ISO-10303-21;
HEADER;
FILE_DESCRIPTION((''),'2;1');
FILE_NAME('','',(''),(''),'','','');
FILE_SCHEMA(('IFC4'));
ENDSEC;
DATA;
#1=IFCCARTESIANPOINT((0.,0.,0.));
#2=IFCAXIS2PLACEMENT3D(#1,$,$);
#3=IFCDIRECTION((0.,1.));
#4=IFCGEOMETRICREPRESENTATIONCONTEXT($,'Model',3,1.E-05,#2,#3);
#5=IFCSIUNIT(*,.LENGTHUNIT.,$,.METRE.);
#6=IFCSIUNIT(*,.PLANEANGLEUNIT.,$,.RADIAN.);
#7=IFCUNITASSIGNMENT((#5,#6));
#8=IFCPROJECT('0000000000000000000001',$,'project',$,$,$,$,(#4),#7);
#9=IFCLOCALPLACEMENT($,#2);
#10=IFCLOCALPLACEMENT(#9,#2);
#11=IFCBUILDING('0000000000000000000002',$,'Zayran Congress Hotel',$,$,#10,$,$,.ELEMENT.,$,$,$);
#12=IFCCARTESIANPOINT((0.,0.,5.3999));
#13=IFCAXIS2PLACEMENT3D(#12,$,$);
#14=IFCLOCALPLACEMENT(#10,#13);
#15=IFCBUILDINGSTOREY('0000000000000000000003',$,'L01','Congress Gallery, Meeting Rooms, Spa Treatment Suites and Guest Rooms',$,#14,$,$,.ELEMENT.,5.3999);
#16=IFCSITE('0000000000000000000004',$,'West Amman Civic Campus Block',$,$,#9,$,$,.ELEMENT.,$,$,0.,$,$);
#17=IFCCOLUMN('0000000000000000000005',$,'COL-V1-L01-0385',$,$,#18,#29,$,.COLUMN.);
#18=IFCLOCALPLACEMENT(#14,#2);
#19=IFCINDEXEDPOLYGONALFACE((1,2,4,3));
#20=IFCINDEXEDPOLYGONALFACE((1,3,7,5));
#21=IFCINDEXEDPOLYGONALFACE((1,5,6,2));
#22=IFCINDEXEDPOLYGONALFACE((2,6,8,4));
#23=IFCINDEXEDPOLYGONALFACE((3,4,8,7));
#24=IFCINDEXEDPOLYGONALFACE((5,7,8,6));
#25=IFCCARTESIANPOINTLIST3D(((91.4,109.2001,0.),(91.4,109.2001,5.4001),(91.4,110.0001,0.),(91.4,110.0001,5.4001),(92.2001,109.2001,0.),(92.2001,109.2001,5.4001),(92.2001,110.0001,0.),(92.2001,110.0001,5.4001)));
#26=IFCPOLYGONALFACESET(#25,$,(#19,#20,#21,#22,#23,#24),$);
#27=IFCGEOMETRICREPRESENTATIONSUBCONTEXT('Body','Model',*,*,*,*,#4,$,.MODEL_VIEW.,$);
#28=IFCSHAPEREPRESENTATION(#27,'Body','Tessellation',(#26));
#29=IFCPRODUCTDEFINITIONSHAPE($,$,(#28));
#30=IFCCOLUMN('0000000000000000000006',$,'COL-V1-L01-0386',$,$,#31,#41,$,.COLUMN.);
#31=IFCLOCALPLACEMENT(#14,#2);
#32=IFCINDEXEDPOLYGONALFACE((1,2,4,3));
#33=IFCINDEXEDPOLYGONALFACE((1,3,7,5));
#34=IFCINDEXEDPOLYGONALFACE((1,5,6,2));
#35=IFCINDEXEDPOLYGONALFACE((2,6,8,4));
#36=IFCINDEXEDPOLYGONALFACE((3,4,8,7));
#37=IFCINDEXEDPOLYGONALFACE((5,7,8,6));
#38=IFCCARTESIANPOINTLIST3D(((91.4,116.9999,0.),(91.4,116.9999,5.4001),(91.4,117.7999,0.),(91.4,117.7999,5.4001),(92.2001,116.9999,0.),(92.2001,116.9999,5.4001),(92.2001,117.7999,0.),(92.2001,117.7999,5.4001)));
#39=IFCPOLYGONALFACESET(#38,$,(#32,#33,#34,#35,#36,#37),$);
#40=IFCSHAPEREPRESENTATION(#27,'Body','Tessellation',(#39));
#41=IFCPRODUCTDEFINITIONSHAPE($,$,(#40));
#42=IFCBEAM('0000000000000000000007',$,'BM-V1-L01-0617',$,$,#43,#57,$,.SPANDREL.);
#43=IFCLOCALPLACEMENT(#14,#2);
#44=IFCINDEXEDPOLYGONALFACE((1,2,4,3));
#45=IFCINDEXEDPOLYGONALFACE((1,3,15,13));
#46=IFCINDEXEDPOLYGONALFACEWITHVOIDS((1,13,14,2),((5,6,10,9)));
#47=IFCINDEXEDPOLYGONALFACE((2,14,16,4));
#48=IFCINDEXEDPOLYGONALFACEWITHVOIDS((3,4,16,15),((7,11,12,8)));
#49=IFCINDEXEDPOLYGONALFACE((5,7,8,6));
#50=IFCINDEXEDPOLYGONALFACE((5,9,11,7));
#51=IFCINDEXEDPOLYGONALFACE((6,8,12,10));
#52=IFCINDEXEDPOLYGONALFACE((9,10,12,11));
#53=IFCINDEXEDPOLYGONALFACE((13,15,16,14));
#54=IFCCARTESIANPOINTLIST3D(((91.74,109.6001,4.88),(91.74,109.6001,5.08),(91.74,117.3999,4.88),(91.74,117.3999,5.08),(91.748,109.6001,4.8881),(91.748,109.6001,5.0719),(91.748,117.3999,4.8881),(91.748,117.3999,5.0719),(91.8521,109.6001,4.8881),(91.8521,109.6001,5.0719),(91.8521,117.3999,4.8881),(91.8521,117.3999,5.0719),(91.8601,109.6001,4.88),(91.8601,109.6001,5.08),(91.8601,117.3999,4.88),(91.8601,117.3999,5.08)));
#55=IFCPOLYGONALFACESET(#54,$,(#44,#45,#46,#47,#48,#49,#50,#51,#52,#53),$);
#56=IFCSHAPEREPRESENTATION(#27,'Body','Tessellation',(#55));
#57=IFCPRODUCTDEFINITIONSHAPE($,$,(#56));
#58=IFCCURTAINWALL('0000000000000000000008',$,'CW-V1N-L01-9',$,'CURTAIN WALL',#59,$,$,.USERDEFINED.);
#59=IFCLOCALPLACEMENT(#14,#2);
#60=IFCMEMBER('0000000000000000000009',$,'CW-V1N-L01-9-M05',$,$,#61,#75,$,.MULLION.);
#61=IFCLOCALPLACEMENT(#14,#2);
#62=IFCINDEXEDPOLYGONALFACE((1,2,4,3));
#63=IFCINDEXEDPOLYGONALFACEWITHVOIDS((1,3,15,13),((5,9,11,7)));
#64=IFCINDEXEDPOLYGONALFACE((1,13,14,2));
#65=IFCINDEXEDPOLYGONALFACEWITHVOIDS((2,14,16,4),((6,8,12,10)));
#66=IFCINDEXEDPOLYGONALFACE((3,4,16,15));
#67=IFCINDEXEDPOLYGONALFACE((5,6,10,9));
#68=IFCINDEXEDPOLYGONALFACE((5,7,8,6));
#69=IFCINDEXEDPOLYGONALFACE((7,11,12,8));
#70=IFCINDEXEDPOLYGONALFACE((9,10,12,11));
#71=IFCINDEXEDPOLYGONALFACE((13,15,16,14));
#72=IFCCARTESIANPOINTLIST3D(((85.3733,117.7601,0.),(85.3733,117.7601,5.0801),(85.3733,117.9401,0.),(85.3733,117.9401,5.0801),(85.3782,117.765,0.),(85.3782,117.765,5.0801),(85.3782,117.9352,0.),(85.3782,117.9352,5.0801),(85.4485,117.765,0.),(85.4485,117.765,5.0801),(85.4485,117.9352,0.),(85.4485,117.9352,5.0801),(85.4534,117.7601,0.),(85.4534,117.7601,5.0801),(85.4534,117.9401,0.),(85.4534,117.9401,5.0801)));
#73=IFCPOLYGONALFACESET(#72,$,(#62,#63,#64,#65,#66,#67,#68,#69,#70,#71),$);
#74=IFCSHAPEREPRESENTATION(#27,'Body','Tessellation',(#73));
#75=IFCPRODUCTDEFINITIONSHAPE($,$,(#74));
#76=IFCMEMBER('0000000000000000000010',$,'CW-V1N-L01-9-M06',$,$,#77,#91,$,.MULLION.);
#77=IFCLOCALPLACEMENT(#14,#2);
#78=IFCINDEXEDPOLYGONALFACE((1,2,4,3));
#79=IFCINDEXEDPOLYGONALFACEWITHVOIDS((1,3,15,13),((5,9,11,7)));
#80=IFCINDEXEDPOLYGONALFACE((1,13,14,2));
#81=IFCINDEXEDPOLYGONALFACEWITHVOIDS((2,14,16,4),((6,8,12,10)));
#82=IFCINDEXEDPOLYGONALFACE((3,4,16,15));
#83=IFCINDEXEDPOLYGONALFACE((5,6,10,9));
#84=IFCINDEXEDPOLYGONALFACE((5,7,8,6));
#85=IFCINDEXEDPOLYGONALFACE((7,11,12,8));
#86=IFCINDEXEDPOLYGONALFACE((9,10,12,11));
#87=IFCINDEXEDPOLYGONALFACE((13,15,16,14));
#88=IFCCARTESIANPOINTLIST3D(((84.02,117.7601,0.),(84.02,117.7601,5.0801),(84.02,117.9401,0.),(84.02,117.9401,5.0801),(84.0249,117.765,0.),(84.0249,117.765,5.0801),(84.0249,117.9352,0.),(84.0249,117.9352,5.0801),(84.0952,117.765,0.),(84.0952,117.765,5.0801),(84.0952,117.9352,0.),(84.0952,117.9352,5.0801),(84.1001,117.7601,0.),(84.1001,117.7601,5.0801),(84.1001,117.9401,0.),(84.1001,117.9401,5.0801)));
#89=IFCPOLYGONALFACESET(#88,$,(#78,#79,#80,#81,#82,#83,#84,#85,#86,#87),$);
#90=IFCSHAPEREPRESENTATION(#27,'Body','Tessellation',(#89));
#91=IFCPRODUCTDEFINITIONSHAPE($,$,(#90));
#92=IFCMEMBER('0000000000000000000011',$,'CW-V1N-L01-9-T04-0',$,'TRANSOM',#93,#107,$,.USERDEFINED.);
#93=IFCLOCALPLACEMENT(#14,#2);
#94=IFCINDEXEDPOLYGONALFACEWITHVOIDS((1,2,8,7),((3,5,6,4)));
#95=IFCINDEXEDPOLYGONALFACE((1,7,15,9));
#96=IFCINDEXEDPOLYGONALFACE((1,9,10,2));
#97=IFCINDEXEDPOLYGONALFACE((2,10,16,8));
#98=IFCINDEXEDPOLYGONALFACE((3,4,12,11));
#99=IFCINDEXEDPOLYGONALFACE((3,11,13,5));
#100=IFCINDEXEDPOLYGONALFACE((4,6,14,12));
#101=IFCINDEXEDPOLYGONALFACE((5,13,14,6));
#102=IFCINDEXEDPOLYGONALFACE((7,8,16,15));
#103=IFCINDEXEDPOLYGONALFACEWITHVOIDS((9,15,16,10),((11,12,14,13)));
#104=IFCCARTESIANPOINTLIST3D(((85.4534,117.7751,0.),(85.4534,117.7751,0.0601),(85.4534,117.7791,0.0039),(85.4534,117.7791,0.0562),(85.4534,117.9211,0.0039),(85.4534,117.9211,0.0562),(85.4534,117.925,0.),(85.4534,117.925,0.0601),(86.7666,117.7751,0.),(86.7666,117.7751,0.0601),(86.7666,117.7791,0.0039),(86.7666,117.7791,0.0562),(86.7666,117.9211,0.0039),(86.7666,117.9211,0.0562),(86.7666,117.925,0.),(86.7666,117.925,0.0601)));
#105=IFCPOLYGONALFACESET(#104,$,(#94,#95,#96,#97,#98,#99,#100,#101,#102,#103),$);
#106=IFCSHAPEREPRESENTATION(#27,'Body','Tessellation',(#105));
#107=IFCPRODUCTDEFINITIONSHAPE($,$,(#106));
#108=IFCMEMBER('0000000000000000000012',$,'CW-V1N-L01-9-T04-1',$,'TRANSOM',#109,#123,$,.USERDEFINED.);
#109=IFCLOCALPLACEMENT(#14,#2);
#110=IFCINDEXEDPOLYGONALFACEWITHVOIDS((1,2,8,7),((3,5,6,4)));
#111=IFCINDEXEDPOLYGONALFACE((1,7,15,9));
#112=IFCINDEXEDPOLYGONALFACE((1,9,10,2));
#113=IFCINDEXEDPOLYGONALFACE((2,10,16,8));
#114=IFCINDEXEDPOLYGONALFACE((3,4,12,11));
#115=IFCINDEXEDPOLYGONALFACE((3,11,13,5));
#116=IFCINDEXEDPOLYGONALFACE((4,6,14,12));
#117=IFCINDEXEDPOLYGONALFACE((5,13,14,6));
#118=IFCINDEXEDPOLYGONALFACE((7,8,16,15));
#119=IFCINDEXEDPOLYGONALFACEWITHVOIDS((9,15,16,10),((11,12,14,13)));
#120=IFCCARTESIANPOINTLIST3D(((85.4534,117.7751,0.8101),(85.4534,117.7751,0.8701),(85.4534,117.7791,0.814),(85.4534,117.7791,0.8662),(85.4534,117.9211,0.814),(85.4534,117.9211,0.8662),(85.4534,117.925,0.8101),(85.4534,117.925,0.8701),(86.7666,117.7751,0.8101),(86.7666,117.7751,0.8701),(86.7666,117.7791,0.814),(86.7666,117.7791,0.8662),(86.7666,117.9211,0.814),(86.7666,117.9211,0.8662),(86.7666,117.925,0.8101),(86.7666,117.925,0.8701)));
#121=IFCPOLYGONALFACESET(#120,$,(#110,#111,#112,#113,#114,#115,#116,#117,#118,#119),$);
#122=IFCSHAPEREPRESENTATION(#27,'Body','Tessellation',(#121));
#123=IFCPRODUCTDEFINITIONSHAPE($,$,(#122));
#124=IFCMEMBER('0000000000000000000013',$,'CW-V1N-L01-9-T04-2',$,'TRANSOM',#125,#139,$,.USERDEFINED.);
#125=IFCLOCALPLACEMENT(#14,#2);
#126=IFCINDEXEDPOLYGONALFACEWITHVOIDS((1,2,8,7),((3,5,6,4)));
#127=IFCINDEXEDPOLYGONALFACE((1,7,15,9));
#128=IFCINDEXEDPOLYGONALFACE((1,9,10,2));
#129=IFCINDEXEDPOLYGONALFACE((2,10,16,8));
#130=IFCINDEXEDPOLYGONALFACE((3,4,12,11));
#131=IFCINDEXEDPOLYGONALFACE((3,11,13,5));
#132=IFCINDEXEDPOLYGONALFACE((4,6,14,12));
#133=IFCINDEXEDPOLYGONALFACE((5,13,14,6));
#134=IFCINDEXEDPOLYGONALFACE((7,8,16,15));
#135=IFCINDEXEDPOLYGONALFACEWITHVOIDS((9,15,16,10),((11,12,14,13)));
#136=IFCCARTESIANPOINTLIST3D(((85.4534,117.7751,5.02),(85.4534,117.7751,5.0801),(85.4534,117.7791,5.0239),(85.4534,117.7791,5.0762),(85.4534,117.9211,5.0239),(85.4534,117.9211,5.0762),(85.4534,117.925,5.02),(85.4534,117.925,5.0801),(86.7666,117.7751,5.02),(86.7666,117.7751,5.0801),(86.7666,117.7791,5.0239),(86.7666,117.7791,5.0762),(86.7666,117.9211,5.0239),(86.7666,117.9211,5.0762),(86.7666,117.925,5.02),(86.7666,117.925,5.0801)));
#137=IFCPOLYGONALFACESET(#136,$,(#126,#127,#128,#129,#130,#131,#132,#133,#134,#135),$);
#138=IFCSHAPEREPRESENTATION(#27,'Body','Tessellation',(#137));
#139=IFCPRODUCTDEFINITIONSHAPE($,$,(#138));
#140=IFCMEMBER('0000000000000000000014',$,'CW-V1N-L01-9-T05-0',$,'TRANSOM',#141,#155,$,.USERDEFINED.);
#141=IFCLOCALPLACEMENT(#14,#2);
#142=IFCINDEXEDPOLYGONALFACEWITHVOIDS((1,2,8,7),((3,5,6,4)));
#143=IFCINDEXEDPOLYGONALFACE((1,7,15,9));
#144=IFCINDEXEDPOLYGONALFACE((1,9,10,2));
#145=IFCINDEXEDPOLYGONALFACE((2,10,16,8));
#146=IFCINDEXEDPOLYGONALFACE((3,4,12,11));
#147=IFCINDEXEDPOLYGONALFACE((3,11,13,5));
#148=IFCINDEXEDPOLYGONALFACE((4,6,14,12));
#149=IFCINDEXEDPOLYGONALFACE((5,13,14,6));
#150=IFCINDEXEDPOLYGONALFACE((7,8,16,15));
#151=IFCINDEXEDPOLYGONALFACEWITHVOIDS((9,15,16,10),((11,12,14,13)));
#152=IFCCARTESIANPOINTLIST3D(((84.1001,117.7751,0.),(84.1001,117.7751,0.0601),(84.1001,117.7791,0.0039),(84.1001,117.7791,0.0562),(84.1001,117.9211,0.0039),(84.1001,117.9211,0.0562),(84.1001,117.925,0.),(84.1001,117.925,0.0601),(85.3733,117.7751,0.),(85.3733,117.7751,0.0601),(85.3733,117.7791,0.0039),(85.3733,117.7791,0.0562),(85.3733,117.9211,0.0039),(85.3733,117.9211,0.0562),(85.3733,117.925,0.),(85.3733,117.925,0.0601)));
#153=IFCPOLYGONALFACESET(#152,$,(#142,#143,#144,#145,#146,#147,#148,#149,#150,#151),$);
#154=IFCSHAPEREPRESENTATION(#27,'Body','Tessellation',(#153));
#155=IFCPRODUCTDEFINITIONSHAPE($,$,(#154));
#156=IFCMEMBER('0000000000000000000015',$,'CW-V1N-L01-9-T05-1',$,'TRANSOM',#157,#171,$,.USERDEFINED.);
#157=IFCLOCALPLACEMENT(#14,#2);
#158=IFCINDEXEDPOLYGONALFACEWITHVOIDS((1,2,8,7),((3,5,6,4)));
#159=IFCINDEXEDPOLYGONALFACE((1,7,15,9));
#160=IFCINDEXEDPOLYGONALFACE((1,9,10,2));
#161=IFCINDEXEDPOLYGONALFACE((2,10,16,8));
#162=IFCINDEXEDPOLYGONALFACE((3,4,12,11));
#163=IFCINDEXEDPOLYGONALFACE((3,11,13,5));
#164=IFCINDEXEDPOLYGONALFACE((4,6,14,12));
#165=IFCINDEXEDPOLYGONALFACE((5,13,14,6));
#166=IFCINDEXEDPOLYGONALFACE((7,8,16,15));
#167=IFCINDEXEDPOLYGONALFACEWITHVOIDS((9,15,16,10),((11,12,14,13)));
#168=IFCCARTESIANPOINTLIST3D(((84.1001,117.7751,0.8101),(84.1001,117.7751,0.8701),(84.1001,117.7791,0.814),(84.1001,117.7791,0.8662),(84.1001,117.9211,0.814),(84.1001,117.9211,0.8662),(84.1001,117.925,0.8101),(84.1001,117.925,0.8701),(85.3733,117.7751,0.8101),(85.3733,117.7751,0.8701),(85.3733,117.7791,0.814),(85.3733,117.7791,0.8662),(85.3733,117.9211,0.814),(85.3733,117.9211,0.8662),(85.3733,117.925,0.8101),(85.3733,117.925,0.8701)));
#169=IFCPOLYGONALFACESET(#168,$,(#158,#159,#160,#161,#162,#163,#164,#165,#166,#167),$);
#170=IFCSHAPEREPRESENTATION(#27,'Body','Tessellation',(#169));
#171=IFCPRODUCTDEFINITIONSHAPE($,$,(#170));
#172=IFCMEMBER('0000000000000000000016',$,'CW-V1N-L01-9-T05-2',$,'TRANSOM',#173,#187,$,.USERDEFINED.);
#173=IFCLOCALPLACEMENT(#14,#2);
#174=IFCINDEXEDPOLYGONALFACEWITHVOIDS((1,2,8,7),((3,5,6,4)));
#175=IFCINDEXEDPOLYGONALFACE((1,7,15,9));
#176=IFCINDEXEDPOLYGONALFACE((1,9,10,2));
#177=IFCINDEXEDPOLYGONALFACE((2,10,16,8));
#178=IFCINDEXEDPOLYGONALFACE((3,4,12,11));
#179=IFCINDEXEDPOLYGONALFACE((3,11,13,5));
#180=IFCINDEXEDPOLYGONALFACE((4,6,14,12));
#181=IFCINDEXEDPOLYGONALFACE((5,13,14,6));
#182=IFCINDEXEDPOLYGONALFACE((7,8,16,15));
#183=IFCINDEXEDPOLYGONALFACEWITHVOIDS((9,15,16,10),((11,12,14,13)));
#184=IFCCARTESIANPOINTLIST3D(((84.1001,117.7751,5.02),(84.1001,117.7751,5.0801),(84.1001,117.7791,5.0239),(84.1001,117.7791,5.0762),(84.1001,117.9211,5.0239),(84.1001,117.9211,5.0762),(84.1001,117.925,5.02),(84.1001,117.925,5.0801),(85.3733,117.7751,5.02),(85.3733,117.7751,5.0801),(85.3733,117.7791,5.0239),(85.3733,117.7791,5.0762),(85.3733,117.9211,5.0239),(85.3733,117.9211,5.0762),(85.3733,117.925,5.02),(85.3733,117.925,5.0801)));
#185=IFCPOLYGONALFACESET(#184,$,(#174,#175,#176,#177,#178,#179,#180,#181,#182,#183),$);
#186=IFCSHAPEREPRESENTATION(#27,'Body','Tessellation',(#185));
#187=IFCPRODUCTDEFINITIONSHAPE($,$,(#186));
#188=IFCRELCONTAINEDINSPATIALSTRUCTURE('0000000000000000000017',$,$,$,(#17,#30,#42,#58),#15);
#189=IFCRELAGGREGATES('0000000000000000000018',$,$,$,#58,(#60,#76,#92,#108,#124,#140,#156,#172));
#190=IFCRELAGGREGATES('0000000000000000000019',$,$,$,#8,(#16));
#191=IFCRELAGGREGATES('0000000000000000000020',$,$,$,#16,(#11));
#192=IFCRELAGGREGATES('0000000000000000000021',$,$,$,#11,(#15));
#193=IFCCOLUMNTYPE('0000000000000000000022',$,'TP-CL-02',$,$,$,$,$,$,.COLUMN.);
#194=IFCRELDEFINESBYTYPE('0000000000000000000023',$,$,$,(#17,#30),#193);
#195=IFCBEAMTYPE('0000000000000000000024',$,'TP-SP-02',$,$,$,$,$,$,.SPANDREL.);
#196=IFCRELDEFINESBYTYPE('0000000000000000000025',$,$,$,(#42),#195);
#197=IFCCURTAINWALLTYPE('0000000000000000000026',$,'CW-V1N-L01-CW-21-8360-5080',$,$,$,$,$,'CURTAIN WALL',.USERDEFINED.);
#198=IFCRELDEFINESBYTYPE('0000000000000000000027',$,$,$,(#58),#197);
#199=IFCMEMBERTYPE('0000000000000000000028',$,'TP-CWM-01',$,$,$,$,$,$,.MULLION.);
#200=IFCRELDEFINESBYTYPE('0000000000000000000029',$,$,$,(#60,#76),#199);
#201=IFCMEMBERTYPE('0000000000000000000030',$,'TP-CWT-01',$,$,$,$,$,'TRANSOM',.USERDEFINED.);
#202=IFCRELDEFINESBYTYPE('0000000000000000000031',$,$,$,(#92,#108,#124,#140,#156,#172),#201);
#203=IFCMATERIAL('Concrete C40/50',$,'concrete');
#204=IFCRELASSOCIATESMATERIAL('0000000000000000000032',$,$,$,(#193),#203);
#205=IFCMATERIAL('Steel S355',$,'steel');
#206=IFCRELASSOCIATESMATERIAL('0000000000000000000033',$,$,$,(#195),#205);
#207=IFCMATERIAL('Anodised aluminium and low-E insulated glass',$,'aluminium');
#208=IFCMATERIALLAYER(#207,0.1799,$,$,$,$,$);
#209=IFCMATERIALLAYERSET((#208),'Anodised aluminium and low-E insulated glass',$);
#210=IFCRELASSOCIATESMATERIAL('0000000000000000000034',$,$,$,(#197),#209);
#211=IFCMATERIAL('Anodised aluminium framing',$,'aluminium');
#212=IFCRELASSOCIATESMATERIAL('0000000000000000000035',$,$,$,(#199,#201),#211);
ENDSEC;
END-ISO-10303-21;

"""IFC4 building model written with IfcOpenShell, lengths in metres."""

from ifc_helpers import new_model, si_unit, direction, frame, origin, origin_2d, place, context, subcontext, project, spatial, rectangle, hollow_rectangle, extrude, material, layer, layer_set, material_profile, profile_set, type_object, element, aggregate, save


model = new_model("IFC4")

# Units and contexts
model_context = context("Model", 3, precision=1e-05, world=origin(), true_north=direction((0.0, 1.0)))
body_context = subcontext(model_context, "Body", "Model", "MODEL_VIEW")
ifc_project = project(units=[si_unit("LENGTHUNIT", "METRE"), si_unit("PLANEANGLEUNIT", "RADIAN")], contexts=[model_context])

# Site, building, storey
site_placement = place(None, origin())
site = spatial("IfcSite", under=ifc_project, at=site_placement, Name="West Amman Civic Campus Block", CompositionType="ELEMENT", RefElevation=0.0)
building_placement = place(site_placement, origin())
building = spatial("IfcBuilding", under=site, at=building_placement, Name="Zayran Congress Hotel", CompositionType="ELEMENT")
storey_placement = place(building_placement, frame((0.0, 0.0, 5.3999)))
storey = spatial("IfcBuildingStorey", under=building, at=storey_placement, Name="L01", Description="Congress Gallery, Meeting Rooms, Spa Treatment Suites and Guest Rooms", CompositionType="ELEMENT", Elevation=5.3999)

# Columns
ifc_material_1 = material(Name="Concrete C40/50", Category="concrete")
ifc_material_profile_1 = material_profile(ifc_material_1, rectangle(XDim=0.8, YDim=0.8, at=origin_2d()), Name="RC 800x800")
ifc_profile_set_1 = profile_set([ifc_material_profile_1], Name="Concrete C40/50")
column_type = type_object("IfcColumnType", Name="TP-CL-02", PredefinedType="COLUMN", material=ifc_profile_set_1)
for number, where, z_axis, x_axis, name in (
    (1, (91.8, 109.6001, 0.0), (0.0, 0.0, 1.0), (1.0, 0.0, 0.0), "COL-V1-L01-0385"),
    (2, (91.8, 117.3999, 0.0), (0.0, 0.0, 1.0), (1.0, 0.0, 0.0), "COL-V1-L01-0386"),
):
    element("IfcColumn", number, at=place(storey_placement, frame(where, z_axis=z_axis, x_axis=x_axis)), inside=storey, type_object=column_type, Name=name, PredefinedType="COLUMN", context=body_context, shape_type="SweptSolid", body=[
        extrude(rectangle(XDim=0.8, YDim=0.8, at=origin_2d()), origin(), (0.0, 0.0, 1.0), 5.4001),
    ])

# Beam
ifc_material_2 = material(Name="Steel S355", Category="steel")
ifc_material_profile_2 = material_profile(ifc_material_2, hollow_rectangle(XDim=0.1201, YDim=0.2, WallThickness=0.0081, at=origin_2d()), Name="RHS 200x120x8")
ifc_profile_set_2 = profile_set([ifc_material_profile_2], Name="Steel S355")
beam_type = type_object("IfcBeamType", Name="TP-SP-02", PredefinedType="SPANDREL", material=ifc_profile_set_2)
beam_placement = place(storey_placement, frame((91.8, 109.6001, 4.98), z_axis=(0.0, 1.0, 0.0), x_axis=(-1.0, 0.0, 0.0)))
element("IfcBeam", 3, at=beam_placement, inside=storey, type_object=beam_type, Name="BM-V1-L01-0617", PredefinedType="SPANDREL", context=body_context, shape_type="SweptSolid", body=[
    extrude(hollow_rectangle(XDim=0.1201, YDim=0.2, WallThickness=0.0081, at=origin_2d()), origin(), (0.0, 0.0, 1.0), 7.7998),
])

# Curtain wall, members
ifc_material_3 = material(Name="Anodised aluminium and low-E insulated glass", Category="aluminium")
ifc_layer_1 = layer(ifc_material_3, 0.1799)
ifc_layer_set_1 = layer_set([ifc_layer_1], Name="Anodised aluminium and low-E insulated glass")
curtain_wall_type_1 = type_object("IfcCurtainWallType", Name="CW-V1N-L01-CW-21-8360-5080", ElementType="CURTAIN WALL", PredefinedType="USERDEFINED", material=ifc_layer_set_1)
curtain_wall_1_placement = place(storey_placement, origin())
curtain_wall_1 = element("IfcCurtainWall", 4, at=curtain_wall_1_placement, inside=storey, type_object=curtain_wall_type_1, Name="CW-V1N-L01-9", ObjectType="CURTAIN WALL", PredefinedType="USERDEFINED")
ifc_material_4 = material(Name="Anodised aluminium framing", Category="aluminium")
ifc_material_profile_3 = material_profile(ifc_material_4, hollow_rectangle(XDim=0.0801, YDim=0.1799, WallThickness=0.0049, at=origin_2d()), Name="RHS 180x80x5")
ifc_profile_set_3 = profile_set([ifc_material_profile_3], Name="Anodised aluminium framing")
member_type_1 = type_object("IfcMemberType", Name="TP-CWM-01", PredefinedType="MULLION", material=ifc_profile_set_3)
member_1_placement = place(storey_placement, frame((85.4133, 117.8501, 0.0), z_axis=(0.0, 0.0, 1.0), x_axis=(1.0, 0.0, 0.0)))
member_1 = element("IfcMember", 5, at=member_1_placement, type_object=member_type_1, Name="CW-V1N-L01-9-M05", PredefinedType="MULLION", context=body_context, shape_type="SweptSolid", body=[
    extrude(hollow_rectangle(XDim=0.0801, YDim=0.1799, WallThickness=0.0049, at=origin_2d()), origin(), (0.0, 0.0, 1.0), 5.0801),
])
member_2_placement = place(storey_placement, frame((84.0601, 117.8501, 0.0), z_axis=(0.0, 0.0, 1.0), x_axis=(1.0, 0.0, 0.0)))
member_2 = element("IfcMember", 6, at=member_2_placement, type_object=member_type_1, Name="CW-V1N-L01-9-M06", PredefinedType="MULLION", context=body_context, shape_type="SweptSolid", body=[
    extrude(hollow_rectangle(XDim=0.0801, YDim=0.1799, WallThickness=0.0049, at=origin_2d()), origin(), (0.0, 0.0, 1.0), 5.0801),
])
ifc_material_profile_4 = material_profile(ifc_material_4, hollow_rectangle(XDim=0.0601, YDim=0.1499, WallThickness=0.0039, at=origin_2d()), Name="RHS 150x60x4")
ifc_profile_set_4 = profile_set([ifc_material_profile_4], Name="Anodised aluminium framing")
member_type_2 = type_object("IfcMemberType", Name="TP-CWT-01", ElementType="TRANSOM", PredefinedType="USERDEFINED", material=ifc_profile_set_4)
member_3_placement = place(storey_placement, frame((86.7666, 117.8501, 0.03), z_axis=(-1.0, 0.0, 0.0), x_axis=(0.0, 0.0, 1.0)))
member_3 = element("IfcMember", 7, at=member_3_placement, type_object=member_type_2, Name="CW-V1N-L01-9-T04-0", ObjectType="TRANSOM", PredefinedType="USERDEFINED", context=body_context, shape_type="SweptSolid", body=[
    extrude(hollow_rectangle(XDim=0.0601, YDim=0.1499, WallThickness=0.0039, at=origin_2d()), origin(), (0.0, 0.0, 1.0), 1.3132),
])
member_4_placement = place(storey_placement, frame((86.7666, 117.8501, 0.8401), z_axis=(-1.0, 0.0, 0.0), x_axis=(0.0, 0.0, 1.0)))
member_4 = element("IfcMember", 8, at=member_4_placement, type_object=member_type_2, Name="CW-V1N-L01-9-T04-1", ObjectType="TRANSOM", PredefinedType="USERDEFINED", context=body_context, shape_type="SweptSolid", body=[
    extrude(hollow_rectangle(XDim=0.0601, YDim=0.1499, WallThickness=0.0039, at=origin_2d()), origin(), (0.0, 0.0, 1.0), 1.3132),
])
member_5_placement = place(storey_placement, frame((86.7666, 117.8501, 5.05), z_axis=(-1.0, 0.0, 0.0), x_axis=(0.0, 0.0, 1.0)))
member_5 = element("IfcMember", 9, at=member_5_placement, type_object=member_type_2, Name="CW-V1N-L01-9-T04-2", ObjectType="TRANSOM", PredefinedType="USERDEFINED", context=body_context, shape_type="SweptSolid", body=[
    extrude(hollow_rectangle(XDim=0.0601, YDim=0.1499, WallThickness=0.0039, at=origin_2d()), origin(), (0.0, 0.0, 1.0), 1.3132),
])
member_6_placement = place(storey_placement, frame((85.3733, 117.8501, 0.03), z_axis=(-1.0, 0.0, 0.0), x_axis=(0.0, 0.0, 1.0)))
member_6 = element("IfcMember", 10, at=member_6_placement, type_object=member_type_2, Name="CW-V1N-L01-9-T05-0", ObjectType="TRANSOM", PredefinedType="USERDEFINED", context=body_context, shape_type="SweptSolid", body=[
    extrude(hollow_rectangle(XDim=0.0601, YDim=0.1499, WallThickness=0.0039, at=origin_2d()), origin(), (0.0, 0.0, 1.0), 1.2732),
])
member_7_placement = place(storey_placement, frame((85.3733, 117.8501, 0.8401), z_axis=(-1.0, 0.0, 0.0), x_axis=(0.0, 0.0, 1.0)))
member_7 = element("IfcMember", 11, at=member_7_placement, type_object=member_type_2, Name="CW-V1N-L01-9-T05-1", ObjectType="TRANSOM", PredefinedType="USERDEFINED", context=body_context, shape_type="SweptSolid", body=[
    extrude(hollow_rectangle(XDim=0.0601, YDim=0.1499, WallThickness=0.0039, at=origin_2d()), origin(), (0.0, 0.0, 1.0), 1.2732),
])
member_8_placement = place(storey_placement, frame((85.3733, 117.8501, 5.05), z_axis=(-1.0, 0.0, 0.0), x_axis=(0.0, 0.0, 1.0)))
member_8 = element("IfcMember", 12, at=member_8_placement, type_object=member_type_2, Name="CW-V1N-L01-9-T05-2", ObjectType="TRANSOM", PredefinedType="USERDEFINED", context=body_context, shape_type="SweptSolid", body=[
    extrude(hollow_rectangle(XDim=0.0601, YDim=0.1499, WallThickness=0.0039, at=origin_2d()), origin(), (0.0, 0.0, 1.0), 1.2732),
])

aggregate(curtain_wall_1, [member_1, member_2, member_3, member_4, member_5, member_6, member_7, member_8])

save(model, "model.ifc")
